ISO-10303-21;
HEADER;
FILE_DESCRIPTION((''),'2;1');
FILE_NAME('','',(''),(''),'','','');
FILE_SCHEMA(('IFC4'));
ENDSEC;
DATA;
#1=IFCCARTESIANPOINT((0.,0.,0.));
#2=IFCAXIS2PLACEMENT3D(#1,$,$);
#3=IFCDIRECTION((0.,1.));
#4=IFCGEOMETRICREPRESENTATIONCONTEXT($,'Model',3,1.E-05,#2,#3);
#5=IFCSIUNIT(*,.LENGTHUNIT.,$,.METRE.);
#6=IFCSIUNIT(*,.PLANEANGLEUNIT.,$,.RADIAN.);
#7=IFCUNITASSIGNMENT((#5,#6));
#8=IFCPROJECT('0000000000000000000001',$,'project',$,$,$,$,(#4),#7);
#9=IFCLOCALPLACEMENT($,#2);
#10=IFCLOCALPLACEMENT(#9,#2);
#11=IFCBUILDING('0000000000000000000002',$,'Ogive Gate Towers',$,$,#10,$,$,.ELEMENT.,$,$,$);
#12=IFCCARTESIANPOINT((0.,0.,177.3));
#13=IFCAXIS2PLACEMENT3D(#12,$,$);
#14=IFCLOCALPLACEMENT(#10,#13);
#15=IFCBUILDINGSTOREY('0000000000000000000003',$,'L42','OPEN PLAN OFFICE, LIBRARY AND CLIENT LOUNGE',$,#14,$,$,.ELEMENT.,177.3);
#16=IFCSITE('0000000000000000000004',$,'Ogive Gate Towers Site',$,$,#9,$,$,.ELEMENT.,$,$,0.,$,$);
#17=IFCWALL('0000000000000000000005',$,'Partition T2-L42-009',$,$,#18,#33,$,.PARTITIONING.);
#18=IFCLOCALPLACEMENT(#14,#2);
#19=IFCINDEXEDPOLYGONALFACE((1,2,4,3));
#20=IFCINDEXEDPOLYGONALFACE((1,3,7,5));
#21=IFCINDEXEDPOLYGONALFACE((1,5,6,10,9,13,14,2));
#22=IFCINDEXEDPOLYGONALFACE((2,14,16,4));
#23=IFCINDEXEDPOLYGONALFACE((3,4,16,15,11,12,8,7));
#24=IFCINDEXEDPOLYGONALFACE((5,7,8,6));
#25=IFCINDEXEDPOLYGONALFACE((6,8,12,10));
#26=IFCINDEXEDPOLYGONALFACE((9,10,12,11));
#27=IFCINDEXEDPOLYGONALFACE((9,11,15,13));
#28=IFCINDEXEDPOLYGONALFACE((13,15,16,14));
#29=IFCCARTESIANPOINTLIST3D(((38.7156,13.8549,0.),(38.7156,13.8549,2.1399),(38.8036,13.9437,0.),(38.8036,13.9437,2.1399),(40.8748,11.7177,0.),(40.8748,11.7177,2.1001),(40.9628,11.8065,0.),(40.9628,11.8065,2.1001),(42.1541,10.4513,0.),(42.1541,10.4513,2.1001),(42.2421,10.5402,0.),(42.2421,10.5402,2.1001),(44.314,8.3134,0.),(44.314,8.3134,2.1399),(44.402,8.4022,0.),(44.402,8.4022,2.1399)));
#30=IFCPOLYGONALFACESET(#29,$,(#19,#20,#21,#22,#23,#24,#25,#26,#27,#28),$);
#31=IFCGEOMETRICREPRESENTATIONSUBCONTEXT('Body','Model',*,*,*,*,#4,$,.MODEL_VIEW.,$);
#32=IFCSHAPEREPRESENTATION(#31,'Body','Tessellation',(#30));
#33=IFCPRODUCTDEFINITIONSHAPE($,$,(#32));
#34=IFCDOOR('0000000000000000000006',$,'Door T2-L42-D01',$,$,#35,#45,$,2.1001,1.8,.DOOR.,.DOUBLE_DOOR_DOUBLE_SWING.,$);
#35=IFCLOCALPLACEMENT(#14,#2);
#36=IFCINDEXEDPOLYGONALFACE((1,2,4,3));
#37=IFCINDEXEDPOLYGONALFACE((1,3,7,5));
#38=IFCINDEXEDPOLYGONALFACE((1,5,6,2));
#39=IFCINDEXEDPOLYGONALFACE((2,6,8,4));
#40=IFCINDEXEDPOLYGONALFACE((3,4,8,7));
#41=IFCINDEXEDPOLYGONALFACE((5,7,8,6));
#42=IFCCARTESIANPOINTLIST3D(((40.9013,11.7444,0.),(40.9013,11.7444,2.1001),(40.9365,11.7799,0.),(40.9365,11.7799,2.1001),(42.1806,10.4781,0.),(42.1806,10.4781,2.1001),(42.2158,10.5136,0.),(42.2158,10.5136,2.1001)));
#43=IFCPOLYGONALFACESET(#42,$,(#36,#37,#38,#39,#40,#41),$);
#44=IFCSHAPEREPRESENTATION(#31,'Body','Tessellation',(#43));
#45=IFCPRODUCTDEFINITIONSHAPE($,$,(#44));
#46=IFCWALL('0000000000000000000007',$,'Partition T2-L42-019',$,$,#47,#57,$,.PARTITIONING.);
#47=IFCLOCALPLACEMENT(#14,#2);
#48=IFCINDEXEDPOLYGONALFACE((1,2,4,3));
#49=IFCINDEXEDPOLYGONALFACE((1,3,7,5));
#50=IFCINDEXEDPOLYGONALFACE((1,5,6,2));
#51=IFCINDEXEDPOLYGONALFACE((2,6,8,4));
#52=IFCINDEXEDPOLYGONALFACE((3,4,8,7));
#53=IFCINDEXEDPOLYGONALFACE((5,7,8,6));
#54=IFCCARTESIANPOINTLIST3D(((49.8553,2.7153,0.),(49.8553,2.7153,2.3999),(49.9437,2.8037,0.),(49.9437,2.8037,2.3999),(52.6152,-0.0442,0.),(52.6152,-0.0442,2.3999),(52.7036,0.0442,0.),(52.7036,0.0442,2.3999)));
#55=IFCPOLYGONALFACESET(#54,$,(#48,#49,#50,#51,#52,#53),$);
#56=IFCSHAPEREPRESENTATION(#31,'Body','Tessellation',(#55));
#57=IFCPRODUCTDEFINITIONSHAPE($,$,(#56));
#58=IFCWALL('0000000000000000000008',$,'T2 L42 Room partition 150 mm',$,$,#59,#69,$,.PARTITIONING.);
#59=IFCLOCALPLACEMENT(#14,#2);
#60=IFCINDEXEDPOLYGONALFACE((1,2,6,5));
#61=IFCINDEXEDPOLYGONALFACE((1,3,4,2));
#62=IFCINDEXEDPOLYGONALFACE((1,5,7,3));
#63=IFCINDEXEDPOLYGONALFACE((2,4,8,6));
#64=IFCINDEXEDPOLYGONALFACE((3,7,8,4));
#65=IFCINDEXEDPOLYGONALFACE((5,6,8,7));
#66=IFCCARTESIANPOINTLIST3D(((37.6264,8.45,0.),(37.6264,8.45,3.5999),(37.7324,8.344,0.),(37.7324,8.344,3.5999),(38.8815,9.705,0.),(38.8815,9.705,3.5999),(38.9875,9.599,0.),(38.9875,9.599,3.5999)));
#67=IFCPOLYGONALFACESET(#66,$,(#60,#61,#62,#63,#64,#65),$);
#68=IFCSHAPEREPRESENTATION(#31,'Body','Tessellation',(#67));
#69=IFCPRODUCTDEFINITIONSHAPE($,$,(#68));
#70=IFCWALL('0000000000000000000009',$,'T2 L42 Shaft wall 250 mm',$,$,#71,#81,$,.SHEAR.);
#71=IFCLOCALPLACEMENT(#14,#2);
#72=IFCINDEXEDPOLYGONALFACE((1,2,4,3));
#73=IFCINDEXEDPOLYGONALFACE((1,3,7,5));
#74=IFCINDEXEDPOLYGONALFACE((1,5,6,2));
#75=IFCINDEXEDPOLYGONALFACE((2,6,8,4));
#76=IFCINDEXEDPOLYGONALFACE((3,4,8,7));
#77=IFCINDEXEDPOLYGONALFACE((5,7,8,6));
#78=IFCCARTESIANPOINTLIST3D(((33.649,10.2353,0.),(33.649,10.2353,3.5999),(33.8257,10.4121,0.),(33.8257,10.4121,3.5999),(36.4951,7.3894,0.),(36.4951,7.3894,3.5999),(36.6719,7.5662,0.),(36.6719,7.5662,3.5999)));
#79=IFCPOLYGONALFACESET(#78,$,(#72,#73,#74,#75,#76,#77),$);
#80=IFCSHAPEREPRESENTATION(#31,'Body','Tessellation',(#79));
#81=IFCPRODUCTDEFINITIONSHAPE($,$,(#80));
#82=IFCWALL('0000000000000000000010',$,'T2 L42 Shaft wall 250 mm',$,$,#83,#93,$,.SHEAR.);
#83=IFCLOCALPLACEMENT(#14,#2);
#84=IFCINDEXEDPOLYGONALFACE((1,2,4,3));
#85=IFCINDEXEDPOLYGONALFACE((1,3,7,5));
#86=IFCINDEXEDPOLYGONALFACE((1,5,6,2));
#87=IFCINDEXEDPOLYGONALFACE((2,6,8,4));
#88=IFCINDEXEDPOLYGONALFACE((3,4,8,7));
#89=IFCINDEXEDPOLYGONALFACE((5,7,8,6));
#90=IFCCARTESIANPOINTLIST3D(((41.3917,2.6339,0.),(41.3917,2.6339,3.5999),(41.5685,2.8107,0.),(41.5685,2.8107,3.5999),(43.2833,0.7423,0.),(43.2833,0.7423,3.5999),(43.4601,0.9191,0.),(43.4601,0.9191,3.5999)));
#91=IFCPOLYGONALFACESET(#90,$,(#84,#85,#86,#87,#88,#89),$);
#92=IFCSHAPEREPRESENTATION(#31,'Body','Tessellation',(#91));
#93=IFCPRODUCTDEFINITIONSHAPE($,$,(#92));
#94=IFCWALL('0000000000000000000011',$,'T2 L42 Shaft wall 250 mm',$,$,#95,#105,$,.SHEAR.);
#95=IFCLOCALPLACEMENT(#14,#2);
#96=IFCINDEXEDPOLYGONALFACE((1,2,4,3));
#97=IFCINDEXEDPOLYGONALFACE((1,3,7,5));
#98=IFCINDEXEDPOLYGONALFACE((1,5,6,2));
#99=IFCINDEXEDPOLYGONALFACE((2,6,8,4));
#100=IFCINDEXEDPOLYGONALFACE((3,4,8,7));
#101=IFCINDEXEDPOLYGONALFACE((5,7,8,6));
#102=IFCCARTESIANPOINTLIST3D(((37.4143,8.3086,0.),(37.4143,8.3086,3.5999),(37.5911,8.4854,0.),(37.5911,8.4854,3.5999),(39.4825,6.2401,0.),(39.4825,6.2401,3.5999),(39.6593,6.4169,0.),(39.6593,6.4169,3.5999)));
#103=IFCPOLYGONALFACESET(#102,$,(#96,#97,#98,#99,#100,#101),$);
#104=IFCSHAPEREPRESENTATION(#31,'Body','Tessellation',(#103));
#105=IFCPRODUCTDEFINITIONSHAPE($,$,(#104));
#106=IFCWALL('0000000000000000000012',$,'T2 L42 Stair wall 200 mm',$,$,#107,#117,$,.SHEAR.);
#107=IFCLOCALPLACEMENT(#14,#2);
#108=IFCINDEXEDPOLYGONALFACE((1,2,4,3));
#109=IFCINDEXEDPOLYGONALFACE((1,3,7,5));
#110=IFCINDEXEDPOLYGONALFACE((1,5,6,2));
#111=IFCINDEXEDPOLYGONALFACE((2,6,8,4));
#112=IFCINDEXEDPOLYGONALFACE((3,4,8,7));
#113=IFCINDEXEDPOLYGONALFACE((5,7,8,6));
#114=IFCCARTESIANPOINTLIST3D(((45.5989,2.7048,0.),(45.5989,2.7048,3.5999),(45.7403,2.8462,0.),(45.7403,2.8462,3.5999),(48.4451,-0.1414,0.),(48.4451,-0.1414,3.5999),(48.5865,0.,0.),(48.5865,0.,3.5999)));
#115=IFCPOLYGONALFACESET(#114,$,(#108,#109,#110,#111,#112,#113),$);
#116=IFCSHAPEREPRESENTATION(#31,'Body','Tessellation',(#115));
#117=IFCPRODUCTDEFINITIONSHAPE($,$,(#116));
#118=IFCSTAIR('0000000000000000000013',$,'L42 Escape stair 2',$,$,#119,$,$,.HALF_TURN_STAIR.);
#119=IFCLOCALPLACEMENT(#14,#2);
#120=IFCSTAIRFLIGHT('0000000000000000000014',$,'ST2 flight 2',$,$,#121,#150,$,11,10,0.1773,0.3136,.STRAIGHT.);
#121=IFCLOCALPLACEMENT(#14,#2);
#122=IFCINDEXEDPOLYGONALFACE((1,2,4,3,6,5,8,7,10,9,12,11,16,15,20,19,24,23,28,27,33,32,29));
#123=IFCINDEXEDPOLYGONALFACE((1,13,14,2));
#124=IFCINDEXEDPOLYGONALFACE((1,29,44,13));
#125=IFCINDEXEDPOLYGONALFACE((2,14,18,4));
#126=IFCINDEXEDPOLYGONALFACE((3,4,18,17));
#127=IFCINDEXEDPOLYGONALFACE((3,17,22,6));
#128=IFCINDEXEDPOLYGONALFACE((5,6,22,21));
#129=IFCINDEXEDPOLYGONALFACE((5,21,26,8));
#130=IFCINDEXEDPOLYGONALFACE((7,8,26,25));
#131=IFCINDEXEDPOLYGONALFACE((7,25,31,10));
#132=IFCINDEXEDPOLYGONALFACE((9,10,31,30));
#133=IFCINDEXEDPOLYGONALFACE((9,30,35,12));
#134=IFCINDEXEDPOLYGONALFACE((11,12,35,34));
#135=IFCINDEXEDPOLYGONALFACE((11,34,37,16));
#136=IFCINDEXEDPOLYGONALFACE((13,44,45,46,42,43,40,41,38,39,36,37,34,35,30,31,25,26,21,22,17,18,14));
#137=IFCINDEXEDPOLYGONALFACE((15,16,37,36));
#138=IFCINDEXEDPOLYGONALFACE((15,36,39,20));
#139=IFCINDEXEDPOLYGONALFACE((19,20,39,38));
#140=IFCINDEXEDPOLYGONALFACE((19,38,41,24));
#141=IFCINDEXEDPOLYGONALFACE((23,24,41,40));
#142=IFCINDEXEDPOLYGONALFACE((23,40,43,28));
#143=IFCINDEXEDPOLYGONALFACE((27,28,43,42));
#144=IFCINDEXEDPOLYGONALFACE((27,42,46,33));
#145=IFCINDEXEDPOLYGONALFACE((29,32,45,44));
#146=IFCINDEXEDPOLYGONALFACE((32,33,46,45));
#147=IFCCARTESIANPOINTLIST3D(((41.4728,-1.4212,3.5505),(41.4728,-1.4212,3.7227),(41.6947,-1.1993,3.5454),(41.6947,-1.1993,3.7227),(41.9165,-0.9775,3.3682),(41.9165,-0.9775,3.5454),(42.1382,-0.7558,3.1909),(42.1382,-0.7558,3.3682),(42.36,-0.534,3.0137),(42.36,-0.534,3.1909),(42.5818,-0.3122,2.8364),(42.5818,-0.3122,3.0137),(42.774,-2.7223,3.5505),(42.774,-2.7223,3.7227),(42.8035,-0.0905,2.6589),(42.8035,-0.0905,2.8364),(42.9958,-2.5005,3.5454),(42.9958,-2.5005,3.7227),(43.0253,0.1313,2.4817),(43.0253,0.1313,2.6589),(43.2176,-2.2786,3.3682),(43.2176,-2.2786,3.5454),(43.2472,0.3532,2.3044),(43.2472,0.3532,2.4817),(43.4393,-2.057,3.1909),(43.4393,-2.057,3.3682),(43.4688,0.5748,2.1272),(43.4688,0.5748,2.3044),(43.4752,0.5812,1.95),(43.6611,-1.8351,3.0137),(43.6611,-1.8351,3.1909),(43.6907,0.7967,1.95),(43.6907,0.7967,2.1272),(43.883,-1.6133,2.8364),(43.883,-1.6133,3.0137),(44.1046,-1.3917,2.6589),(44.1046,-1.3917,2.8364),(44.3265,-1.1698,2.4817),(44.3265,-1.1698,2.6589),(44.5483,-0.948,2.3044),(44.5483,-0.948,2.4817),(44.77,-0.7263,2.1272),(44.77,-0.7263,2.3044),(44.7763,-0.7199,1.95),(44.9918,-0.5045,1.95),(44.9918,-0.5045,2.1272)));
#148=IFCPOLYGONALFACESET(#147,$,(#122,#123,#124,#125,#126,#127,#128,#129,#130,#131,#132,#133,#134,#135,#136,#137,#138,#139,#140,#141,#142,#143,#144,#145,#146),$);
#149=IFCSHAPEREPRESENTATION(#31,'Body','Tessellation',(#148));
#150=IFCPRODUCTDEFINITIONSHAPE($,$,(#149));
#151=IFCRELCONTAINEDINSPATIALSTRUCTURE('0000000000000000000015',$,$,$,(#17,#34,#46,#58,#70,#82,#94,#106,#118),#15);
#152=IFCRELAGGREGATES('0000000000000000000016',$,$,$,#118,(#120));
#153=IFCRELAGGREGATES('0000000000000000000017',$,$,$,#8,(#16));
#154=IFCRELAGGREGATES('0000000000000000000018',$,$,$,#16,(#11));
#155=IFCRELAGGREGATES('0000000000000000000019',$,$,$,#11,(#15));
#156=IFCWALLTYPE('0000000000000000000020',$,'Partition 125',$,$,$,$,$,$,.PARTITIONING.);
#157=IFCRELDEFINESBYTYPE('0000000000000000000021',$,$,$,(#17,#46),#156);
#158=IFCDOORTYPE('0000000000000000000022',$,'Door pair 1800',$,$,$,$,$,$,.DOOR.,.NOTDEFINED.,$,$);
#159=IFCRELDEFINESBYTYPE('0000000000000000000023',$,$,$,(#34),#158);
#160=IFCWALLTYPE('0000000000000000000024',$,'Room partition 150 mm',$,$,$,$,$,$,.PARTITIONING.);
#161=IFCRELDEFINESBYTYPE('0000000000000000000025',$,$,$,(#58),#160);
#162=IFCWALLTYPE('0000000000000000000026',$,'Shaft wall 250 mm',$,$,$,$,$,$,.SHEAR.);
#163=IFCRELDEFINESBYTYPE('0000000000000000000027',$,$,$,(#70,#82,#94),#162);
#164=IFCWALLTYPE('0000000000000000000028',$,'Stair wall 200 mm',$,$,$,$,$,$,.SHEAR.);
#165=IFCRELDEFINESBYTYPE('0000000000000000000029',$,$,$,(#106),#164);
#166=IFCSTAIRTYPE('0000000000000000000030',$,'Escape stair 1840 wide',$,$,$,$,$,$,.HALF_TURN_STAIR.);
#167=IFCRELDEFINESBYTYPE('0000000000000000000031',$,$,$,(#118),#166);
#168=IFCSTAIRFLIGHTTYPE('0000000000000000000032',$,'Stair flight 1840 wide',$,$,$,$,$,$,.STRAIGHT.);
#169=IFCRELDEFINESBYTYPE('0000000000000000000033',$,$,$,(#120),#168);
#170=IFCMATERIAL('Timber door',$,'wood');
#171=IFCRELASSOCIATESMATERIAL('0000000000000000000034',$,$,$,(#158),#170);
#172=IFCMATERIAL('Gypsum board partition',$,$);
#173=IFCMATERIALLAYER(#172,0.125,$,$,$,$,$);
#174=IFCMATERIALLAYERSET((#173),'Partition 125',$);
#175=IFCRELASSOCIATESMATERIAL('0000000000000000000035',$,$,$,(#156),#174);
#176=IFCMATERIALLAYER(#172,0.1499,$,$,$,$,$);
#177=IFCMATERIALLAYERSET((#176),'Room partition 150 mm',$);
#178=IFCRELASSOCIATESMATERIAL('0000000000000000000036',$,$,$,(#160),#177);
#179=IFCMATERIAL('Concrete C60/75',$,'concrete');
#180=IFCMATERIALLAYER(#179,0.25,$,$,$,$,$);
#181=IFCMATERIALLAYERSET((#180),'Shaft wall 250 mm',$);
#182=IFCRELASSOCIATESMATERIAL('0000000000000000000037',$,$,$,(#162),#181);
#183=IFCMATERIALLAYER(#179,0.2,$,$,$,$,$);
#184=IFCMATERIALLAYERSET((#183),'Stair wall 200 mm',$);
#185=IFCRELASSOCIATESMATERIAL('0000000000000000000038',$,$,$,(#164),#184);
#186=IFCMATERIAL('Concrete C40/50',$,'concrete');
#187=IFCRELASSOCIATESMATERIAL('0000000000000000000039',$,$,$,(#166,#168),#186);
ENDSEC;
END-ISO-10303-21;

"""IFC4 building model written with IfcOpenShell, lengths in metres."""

from ifc_helpers import new_model, si_unit, direction, frame, frame_2d, origin, place, context, subcontext, project, spatial, polyline, rectangle, outline, extrude, material, layer, layer_set, type_object, element, fill, aggregate, save


model = new_model("IFC4")

# Units and contexts
model_context = context("Model", 3, precision=1e-05, world=origin(), true_north=direction((0.0, 1.0)))
body_context = subcontext(model_context, "Body", "Model", "MODEL_VIEW")
ifc_project = project(units=[si_unit("LENGTHUNIT", "METRE"), si_unit("PLANEANGLEUNIT", "RADIAN")], contexts=[model_context])

# Site, building, storey
site_placement = place(None, origin())
site = spatial("IfcSite", under=ifc_project, at=site_placement, Name="Ogive Gate Towers Site", CompositionType="ELEMENT", RefElevation=0.0)
building_placement = place(site_placement, origin())
building = spatial("IfcBuilding", under=site, at=building_placement, Name="Ogive Gate Towers", CompositionType="ELEMENT")
storey_placement = place(building_placement, frame((0.0, 0.0, 177.3)))
storey = spatial("IfcBuildingStorey", under=building, at=storey_placement, Name="L42", Description="OPEN PLAN OFFICE, LIBRARY AND CLIENT LOUNGE", CompositionType="ELEMENT", Elevation=177.3)

# Shared definitions
ifc_material_1 = material(Name="Concrete C40/50", Category="concrete")

# Wall, opening, door
ifc_material_2 = material(Name="Timber door", Category="wood")
door_type_1 = type_object("IfcDoorType", Name="Door pair 1800", OperationType="NOTDEFINED", PredefinedType="DOOR", material=ifc_material_2)
ifc_material_3 = material(Name="Concrete C60/75", Category="concrete")
ifc_material_4 = material(Name="Gypsum board partition")
ifc_layer_1 = layer(ifc_material_4, 0.125)
ifc_layer_set_1 = layer_set([ifc_layer_1], Name="Partition 125")
wall_type_1 = type_object("IfcWallType", Name="Partition 125", PredefinedType="PARTITIONING", material=ifc_layer_set_1)
wall_1_placement = place(storey_placement, frame((44.3579, 8.3579, 0.0), z_axis=(0.0, 0.0, 1.0), x_axis=(-0.710708, 0.703487, 0.0)))
wall_1 = element("IfcWall", 1, at=wall_1_placement, inside=storey, type_object=wall_type_1, Name="Partition T2-L42-009", PredefinedType="PARTITIONING", context=body_context, shape_type="SweptSolid", body=[
    extrude(rectangle(XDim=7.8772, YDim=0.125, at=frame_2d((3.9385, 0.0))), origin(), (0.0, 0.0, 1.0), 2.1399),
])
opening_1_placement = place(wall_1_placement, frame((3.0391, 0.0, 0.0)))
opening_1 = element("IfcOpeningElement", 2, at=opening_1_placement, cuts=wall_1, PredefinedType="OPENING", context=body_context, shape_type="SweptSolid", body=[
    extrude(rectangle(XDim=1.8, YDim=2.1001, at=frame_2d((0.8999, 1.05))), frame((0.0, 0.0725, 0.0), z_axis=(0.0, -1.0, 0.0), x_axis=(1.0, 0.0, 0.0)), (0.0, 0.0, 1.0), 0.145),
])
door_1_placement = place(opening_1_placement, origin())
door_1 = element("IfcDoor", 3, at=door_1_placement, inside=storey, type_object=door_type_1, Name="Door T2-L42-D01", OperationType="DOUBLE_DOOR_DOUBLE_SWING", OverallHeight=2.1001, OverallWidth=1.8, PredefinedType="DOOR", context=body_context, shape_type="SweptSolid", body=[
    extrude(rectangle(XDim=1.8, YDim=2.1001, at=frame_2d((0.8999, 1.05))), frame((0.0, 0.0249, 0.0), z_axis=(0.0, -1.0, 0.0), x_axis=(1.0, 0.0, 0.0)), (0.0, 0.0, 1.0), 0.05),
])
fill(opening_1, door_1)

# Walls
wall_2_placement = place(storey_placement, frame((52.6594, 0.0, 0.0), z_axis=(0.0, 0.0, 1.0), x_axis=(-0.707169, 0.707044, 0.0)))
element("IfcWall", 4, at=wall_2_placement, inside=storey, type_object=wall_type_1, Name="Partition T2-L42-019", PredefinedType="PARTITIONING", context=body_context, shape_type="SweptSolid", body=[
    extrude(rectangle(XDim=3.9028, YDim=0.125, at=frame_2d((1.9514, 0.0))), origin(), (0.0, 0.0, 1.0), 2.3999),
])
ifc_layer_2 = layer(ifc_material_4, 0.1499)
ifc_layer_set_2 = layer_set([ifc_layer_2], Name="Room partition 150 mm")
wall_type_2 = type_object("IfcWallType", Name="Room partition 150 mm", PredefinedType="PARTITIONING", material=ifc_layer_set_2)
wall_3_placement = place(storey_placement, frame((37.6794, 8.397, 0.0), z_axis=(0.0, 0.0, 1.0), x_axis=(0.707107, 0.707107, 0.0)))
element("IfcWall", 5, at=wall_3_placement, inside=storey, type_object=wall_type_2, Name="T2 L42 Room partition 150 mm", PredefinedType="PARTITIONING", context=body_context, shape_type="SweptSolid", body=[
    extrude(rectangle(XDim=1.7749, YDim=0.1499, at=frame_2d((0.8875, 0.0))), origin(), (0.0, 0.0, 1.0), 3.5999),
])
ifc_layer_3 = layer(ifc_material_3, 0.25)
ifc_layer_set_3 = layer_set([ifc_layer_3], Name="Shaft wall 250 mm")
wall_type_3 = type_object("IfcWallType", Name="Shaft wall 250 mm", PredefinedType="SHEAR", material=ifc_layer_set_3)
wall_4_placement = place(storey_placement, frame((36.5835, 7.4778, 0.0), z_axis=(0.0, 0.0, 1.0), x_axis=(-0.707137, 0.707076, 0.0)))
element("IfcWall", 6, at=wall_4_placement, inside=storey, type_object=wall_type_3, Name="T2 L42 Shaft wall 250 mm", PredefinedType="SHEAR", context=body_context, shape_type="SweptSolid", body=[
    extrude(rectangle(XDim=4.0249, YDim=0.25, at=frame_2d((2.0125, 0.0))), origin(), (0.0, 0.0, 1.0), 3.5999),
])
wall_5_placement = place(storey_placement, frame((43.3716, 0.8308, 0.0), z_axis=(0.0, 0.0, 1.0), x_axis=(-0.707107, 0.707107, 0.0)))
element("IfcWall", 7, at=wall_5_placement, inside=storey, type_object=wall_type_3, Name="T2 L42 Shaft wall 250 mm", PredefinedType="SHEAR", context=body_context, shape_type="SweptSolid", body=[
    extrude(rectangle(XDim=2.675, YDim=0.25, at=frame_2d((1.3374, 0.0))), origin(), (0.0, 0.0, 1.0), 3.5999),
])
wall_6_placement = place(storey_placement, frame((39.5708, 6.3286, 0.0), z_axis=(0.0, 0.0, 1.0), x_axis=(-0.707065, 0.707149, 0.0)))
element("IfcWall", 8, at=wall_6_placement, inside=storey, type_object=wall_type_3, Name="T2 L42 Shaft wall 250 mm", PredefinedType="SHEAR", context=body_context, shape_type="SweptSolid", body=[
    extrude(rectangle(XDim=2.925, YDim=0.25, at=frame_2d((1.4624, 0.0))), origin(), (0.0, 0.0, 1.0), 3.5999),
])
ifc_layer_4 = layer(ifc_material_3, 0.2)
ifc_layer_set_4 = layer_set([ifc_layer_4], Name="Stair wall 200 mm")
wall_type_4 = type_object("IfcWallType", Name="Stair wall 200 mm", PredefinedType="SHEAR", material=ifc_layer_set_4)
wall_7_placement = place(storey_placement, frame((48.5159, -0.0708, 0.0), z_axis=(0.0, 0.0, 1.0), x_axis=(-0.707107, 0.707107, 0.0)))
element("IfcWall", 9, at=wall_7_placement, inside=storey, type_object=wall_type_4, Name="T2 L42 Stair wall 200 mm", PredefinedType="SHEAR", context=body_context, shape_type="SweptSolid", body=[
    extrude(rectangle(XDim=4.0251, YDim=0.2, at=frame_2d((2.0127, 0.0))), origin(), (0.0, 0.0, 1.0), 3.5999),
])

# Stair, stair flight
stair_type = type_object("IfcStairType", Name="Escape stair 1840 wide", PredefinedType="HALF_TURN_STAIR", material=ifc_material_1)
stair_placement = place(storey_placement, origin())
stair = element("IfcStair", 10, at=stair_placement, inside=storey, type_object=stair_type, Name="L42 Escape stair 2", PredefinedType="HALF_TURN_STAIR")
stair_flight_type = type_object("IfcStairFlightType", Name="Stair flight 1840 wide", PredefinedType="STRAIGHT", material=ifc_material_1)
stair_flight_placement = place(storey_placement, frame((44.3413, 0.146, 1.95), z_axis=(0.0, 0.0, 1.0), x_axis=(-0.707107, -0.707107, 0.0)))
stair_flight = element("IfcStairFlight", 11, at=stair_flight_placement, type_object=stair_flight_type, Name="ST2 flight 2", NumberOfRisers=11, NumberOfTreads=10, PredefinedType="STRAIGHT", RiserHeight=0.1773, TreadLength=0.3136, context=body_context, shape_type="SweptSolid", body=[
    extrude(outline(polyline([(0.0, 0.0), (0.0, 0.1772), (0.3137, 0.1772), (0.3137, 0.3545), (0.6272, 0.3545), (0.6272, 0.5317), (0.9409, 0.5317), (0.9409, 0.709), (1.2546, 0.709), (1.2546, 0.8865), (1.5681, 0.8865), (1.5681, 1.0637), (1.8818, 1.0637), (1.8818, 1.241), (2.1956, 1.241), (2.1956, 1.4182), (2.509, 1.4182), (2.509, 1.5955), (2.8228, 1.5955), (2.8228, 1.7727), (3.1365, 1.7727), (3.1365, 1.95), (3.1365, 1.6006), (0.3047, 0.0), (0.0, 0.0)])), frame((0.0, 0.9199, 0.0), z_axis=(0.0, -1.0, 0.0), x_axis=(1.0, 0.0, 0.0)), (0.0, 0.0, 1.0), 1.8401),
])
aggregate(stair, [stair_flight])

save(model, "model.ifc")
